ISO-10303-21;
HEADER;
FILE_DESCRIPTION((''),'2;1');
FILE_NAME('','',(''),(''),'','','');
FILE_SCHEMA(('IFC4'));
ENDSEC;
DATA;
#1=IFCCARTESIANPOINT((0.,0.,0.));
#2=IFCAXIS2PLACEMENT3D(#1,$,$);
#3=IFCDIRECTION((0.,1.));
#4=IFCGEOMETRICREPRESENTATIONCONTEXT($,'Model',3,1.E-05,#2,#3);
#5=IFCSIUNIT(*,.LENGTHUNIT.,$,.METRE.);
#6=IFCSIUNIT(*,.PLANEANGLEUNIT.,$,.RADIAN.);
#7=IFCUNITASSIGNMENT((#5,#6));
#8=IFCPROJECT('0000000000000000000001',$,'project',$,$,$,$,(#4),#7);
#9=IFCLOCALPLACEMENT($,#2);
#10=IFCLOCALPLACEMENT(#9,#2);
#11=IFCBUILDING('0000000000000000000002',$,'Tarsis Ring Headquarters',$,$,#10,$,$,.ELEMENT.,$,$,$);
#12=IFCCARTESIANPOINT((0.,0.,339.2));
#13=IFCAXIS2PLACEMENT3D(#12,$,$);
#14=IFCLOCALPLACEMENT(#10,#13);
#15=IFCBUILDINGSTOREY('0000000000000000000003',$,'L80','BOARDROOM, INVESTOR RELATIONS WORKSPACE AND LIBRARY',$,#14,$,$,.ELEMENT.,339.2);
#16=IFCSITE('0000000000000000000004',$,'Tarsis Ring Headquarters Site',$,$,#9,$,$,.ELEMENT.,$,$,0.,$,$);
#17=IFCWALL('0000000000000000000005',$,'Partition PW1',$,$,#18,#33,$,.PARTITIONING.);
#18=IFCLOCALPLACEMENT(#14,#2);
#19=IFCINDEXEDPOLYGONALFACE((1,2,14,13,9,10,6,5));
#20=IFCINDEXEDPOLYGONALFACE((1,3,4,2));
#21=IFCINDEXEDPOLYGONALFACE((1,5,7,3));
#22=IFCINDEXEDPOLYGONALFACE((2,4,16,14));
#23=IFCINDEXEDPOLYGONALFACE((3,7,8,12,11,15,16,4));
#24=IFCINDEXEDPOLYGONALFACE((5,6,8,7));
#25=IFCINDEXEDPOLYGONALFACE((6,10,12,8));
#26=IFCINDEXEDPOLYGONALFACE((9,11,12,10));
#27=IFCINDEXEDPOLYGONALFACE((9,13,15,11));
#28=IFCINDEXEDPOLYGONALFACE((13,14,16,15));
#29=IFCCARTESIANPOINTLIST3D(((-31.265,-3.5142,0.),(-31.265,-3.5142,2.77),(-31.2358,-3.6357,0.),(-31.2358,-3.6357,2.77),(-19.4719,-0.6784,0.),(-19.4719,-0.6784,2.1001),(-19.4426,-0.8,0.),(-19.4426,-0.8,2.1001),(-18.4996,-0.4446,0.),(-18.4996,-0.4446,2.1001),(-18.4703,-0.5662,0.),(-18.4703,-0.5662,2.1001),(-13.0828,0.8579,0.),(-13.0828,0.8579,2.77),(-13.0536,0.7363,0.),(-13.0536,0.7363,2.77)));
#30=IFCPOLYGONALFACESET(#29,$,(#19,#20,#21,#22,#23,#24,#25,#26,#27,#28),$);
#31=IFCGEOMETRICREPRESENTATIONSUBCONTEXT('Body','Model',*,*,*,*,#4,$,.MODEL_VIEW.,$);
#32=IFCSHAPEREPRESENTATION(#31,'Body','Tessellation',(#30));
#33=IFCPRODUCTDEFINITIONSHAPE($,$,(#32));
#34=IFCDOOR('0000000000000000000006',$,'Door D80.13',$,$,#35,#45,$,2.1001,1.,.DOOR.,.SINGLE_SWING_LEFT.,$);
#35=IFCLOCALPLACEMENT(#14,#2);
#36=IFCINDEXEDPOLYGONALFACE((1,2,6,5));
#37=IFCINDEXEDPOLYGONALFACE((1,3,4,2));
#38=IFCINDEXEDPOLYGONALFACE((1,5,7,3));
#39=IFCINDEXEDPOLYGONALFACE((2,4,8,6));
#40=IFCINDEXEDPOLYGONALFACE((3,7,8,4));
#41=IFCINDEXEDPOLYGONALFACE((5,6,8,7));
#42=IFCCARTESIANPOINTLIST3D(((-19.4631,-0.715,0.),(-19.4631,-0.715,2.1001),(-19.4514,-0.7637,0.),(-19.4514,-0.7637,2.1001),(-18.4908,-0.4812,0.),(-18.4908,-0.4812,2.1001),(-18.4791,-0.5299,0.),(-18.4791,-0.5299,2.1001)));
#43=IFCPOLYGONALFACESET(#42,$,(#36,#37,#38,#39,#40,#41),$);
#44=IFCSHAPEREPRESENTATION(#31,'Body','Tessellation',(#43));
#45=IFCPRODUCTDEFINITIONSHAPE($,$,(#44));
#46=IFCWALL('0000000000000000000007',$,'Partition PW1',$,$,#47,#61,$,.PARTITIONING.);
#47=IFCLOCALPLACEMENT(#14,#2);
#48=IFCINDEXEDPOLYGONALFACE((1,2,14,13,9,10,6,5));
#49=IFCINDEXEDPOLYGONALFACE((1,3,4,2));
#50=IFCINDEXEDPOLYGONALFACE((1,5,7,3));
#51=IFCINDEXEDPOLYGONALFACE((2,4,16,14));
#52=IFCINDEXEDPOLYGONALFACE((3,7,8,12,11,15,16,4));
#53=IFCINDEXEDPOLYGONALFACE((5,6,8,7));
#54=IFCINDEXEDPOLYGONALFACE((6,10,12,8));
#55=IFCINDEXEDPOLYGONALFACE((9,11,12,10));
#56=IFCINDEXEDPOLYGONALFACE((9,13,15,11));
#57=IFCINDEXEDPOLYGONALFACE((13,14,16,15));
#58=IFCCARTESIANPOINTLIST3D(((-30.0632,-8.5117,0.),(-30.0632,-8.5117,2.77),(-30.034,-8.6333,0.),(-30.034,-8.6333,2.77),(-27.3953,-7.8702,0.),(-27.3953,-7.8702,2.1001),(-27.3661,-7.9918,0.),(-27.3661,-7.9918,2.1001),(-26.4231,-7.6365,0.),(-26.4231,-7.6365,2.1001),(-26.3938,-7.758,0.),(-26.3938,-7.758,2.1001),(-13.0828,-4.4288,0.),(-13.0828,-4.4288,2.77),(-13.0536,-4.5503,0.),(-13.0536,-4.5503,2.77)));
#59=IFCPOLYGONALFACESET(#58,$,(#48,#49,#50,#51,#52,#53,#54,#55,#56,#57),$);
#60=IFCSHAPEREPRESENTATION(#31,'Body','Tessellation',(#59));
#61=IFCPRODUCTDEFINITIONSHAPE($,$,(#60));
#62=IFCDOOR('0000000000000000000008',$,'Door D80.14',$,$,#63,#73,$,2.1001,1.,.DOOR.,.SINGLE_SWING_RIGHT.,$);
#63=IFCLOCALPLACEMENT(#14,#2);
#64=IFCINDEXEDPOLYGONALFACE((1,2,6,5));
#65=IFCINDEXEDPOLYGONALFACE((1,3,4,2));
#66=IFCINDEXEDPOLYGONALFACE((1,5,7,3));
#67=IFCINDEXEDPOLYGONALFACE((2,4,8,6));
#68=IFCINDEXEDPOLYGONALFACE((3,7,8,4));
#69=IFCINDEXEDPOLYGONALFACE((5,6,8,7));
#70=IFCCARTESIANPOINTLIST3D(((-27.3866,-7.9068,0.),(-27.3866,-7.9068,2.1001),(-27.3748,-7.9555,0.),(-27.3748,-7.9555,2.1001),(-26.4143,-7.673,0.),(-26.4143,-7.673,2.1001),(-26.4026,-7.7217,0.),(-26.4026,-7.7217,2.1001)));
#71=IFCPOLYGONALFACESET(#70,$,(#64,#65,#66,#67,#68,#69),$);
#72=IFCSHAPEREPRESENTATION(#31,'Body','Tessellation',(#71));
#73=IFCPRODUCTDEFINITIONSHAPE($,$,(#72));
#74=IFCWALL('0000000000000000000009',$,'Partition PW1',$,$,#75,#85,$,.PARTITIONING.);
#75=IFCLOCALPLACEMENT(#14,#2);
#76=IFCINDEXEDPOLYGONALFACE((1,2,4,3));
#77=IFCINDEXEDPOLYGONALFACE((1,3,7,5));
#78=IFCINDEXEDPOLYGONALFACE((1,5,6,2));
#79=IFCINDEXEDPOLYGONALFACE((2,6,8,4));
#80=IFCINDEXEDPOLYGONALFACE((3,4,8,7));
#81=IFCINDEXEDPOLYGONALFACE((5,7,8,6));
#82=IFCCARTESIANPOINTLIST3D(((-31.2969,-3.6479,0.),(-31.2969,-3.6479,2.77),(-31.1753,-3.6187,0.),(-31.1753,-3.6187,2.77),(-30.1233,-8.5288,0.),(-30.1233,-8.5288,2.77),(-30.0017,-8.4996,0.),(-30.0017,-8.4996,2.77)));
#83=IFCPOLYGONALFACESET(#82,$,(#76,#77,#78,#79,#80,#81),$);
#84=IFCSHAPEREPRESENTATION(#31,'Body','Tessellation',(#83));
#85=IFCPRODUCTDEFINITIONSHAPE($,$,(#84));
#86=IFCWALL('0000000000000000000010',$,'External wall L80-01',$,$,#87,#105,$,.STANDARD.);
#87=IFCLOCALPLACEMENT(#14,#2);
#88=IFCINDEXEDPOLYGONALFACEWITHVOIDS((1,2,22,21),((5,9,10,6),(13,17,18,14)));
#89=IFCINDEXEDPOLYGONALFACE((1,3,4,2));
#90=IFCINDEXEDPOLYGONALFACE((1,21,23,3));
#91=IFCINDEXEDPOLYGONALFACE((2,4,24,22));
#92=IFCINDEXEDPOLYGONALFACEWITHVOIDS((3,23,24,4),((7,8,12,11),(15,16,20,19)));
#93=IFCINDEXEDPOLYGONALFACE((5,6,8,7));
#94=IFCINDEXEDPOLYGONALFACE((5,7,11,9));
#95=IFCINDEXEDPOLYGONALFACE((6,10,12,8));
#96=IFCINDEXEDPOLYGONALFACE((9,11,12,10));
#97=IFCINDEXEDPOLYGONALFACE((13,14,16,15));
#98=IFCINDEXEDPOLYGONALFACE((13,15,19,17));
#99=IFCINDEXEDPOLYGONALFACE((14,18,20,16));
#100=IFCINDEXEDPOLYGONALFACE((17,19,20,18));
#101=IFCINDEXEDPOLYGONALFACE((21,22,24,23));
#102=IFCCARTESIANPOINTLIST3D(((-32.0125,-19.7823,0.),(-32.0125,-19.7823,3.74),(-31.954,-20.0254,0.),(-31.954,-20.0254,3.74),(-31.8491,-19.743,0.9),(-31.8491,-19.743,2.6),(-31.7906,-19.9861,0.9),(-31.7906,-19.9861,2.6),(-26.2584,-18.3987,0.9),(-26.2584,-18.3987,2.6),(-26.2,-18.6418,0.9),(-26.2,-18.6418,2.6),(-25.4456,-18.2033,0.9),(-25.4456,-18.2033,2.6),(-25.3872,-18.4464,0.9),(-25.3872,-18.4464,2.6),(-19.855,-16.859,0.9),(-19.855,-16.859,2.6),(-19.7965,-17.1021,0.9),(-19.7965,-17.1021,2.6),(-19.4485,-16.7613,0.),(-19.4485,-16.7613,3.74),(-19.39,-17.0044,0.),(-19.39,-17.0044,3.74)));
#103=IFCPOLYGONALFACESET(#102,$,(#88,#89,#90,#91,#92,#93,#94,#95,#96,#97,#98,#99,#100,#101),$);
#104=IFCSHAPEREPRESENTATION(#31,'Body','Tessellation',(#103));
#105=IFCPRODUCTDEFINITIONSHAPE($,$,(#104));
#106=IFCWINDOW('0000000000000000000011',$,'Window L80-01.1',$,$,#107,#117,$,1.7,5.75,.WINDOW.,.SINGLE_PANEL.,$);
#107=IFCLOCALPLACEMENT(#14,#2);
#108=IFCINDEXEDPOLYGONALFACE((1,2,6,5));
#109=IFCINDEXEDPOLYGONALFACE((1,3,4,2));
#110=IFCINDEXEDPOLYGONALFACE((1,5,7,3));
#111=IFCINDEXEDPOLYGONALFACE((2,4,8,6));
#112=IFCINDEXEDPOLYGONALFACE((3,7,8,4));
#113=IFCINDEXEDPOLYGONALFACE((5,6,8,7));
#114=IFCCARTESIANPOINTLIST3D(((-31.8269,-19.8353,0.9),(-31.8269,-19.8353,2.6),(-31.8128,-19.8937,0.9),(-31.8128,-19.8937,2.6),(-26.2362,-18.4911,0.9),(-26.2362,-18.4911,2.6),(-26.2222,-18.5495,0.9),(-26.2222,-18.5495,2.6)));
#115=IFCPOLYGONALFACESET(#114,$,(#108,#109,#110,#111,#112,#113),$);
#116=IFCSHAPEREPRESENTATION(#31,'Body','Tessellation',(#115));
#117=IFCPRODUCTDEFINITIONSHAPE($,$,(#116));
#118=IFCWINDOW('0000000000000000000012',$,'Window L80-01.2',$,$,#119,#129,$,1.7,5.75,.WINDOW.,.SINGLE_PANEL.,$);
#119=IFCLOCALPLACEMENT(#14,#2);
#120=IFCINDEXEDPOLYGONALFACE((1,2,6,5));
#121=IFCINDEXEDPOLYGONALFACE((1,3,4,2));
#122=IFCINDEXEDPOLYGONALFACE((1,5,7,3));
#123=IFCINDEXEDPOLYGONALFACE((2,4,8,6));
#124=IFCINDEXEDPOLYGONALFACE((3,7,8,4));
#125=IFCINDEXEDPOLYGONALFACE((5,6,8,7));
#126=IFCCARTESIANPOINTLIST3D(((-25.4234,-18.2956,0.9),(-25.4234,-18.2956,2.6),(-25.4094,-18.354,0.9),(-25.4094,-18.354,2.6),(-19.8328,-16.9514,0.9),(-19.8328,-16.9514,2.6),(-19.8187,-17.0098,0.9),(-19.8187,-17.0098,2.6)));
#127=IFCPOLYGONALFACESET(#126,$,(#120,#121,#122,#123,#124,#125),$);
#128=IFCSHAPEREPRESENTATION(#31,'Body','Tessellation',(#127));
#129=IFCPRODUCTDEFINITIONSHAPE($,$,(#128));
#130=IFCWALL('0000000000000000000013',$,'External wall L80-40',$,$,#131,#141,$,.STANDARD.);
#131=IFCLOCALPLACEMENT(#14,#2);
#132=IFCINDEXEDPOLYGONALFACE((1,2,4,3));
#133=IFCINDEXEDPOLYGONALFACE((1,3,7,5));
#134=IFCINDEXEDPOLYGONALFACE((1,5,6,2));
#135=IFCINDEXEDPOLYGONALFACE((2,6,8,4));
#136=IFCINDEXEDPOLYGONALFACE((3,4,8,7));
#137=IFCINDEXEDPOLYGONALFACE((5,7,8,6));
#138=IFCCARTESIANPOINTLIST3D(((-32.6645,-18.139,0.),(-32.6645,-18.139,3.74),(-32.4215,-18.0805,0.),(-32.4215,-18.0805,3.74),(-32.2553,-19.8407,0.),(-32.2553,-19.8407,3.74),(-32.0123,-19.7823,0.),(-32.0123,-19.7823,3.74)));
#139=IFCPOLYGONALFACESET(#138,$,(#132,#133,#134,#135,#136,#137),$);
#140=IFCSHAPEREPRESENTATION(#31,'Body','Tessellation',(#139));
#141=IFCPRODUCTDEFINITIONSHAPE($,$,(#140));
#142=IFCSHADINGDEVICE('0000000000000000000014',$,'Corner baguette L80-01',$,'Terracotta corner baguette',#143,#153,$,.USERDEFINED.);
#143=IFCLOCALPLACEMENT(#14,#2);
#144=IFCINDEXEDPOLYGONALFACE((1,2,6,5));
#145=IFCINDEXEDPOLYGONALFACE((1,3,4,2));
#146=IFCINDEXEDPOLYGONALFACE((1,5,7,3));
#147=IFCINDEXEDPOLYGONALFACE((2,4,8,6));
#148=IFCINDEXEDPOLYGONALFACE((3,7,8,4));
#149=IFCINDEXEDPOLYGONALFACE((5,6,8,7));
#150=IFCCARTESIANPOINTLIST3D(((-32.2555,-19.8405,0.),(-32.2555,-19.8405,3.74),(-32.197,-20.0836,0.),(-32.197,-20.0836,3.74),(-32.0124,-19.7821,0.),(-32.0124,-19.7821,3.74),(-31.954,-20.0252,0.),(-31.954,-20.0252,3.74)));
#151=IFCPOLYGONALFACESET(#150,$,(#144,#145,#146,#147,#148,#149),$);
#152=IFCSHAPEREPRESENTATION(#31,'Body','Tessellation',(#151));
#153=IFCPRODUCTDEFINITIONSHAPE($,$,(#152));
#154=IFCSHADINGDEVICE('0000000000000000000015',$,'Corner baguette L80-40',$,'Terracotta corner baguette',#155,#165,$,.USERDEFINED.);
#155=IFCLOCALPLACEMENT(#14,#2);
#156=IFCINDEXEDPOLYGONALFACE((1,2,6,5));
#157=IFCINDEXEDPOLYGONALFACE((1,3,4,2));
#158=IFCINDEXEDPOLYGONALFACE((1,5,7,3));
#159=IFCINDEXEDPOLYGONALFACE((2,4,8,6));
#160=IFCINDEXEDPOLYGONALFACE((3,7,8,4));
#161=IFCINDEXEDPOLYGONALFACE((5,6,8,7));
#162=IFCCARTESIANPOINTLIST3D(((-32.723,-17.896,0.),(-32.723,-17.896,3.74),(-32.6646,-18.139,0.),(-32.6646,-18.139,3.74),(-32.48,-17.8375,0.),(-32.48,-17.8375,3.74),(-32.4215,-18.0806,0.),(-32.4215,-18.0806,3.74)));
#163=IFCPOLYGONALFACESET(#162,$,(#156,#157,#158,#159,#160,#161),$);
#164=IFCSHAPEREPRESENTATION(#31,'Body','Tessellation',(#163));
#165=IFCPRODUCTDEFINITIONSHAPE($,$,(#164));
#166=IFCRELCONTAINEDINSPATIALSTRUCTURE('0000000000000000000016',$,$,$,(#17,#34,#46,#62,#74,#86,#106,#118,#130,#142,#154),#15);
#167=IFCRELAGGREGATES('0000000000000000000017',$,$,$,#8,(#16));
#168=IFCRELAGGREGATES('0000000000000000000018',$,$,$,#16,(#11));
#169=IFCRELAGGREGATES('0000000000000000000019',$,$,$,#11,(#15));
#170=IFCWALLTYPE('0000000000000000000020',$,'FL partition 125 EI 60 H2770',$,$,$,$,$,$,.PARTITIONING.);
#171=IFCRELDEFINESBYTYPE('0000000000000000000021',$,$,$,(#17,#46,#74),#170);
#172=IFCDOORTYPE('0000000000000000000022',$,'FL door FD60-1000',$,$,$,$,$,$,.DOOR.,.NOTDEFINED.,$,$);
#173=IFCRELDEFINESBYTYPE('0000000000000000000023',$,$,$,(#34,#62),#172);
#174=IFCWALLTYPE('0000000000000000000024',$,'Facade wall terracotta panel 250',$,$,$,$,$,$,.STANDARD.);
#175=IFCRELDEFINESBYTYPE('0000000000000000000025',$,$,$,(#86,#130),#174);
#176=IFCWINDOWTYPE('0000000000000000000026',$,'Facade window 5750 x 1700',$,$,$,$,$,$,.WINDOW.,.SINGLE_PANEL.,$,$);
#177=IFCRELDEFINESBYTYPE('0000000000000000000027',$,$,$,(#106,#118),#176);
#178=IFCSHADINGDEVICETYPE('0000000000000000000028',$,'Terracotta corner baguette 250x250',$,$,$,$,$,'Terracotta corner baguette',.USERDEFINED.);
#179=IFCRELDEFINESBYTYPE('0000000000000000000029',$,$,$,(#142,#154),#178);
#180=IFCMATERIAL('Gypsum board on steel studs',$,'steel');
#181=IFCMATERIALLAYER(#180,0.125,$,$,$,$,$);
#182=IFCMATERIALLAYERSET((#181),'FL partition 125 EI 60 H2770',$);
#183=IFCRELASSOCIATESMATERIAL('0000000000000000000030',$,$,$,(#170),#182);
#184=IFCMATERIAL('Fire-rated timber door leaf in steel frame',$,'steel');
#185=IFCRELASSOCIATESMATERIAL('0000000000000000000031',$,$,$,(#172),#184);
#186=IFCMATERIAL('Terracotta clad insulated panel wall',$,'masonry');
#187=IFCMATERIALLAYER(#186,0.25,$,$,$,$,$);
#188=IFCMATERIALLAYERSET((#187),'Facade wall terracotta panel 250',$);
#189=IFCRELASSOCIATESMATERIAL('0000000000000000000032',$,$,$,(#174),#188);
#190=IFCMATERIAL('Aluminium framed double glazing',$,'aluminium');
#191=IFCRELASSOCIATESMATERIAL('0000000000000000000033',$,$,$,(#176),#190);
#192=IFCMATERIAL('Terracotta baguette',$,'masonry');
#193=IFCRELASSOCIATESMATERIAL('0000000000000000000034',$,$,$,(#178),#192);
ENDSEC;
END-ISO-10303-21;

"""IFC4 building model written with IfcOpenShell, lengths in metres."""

from ifc_helpers import new_model, si_unit, direction, frame, frame_2d, origin, origin_2d, place, context, subcontext, project, spatial, rectangle, extrude, material, layer, layer_set, type_object, element, fill, save


model = new_model("IFC4")

# Units and contexts
model_context = context("Model", 3, precision=1e-05, world=origin(), true_north=direction((0.0, 1.0)))
body_context = subcontext(model_context, "Body", "Model", "MODEL_VIEW")
ifc_project = project(units=[si_unit("LENGTHUNIT", "METRE"), si_unit("PLANEANGLEUNIT", "RADIAN")], contexts=[model_context])

# Site, building, storey
site_placement = place(None, origin())
site = spatial("IfcSite", under=ifc_project, at=site_placement, Name="Tarsis Ring Headquarters Site", CompositionType="ELEMENT", RefElevation=0.0)
building_placement = place(site_placement, origin())
building = spatial("IfcBuilding", under=site, at=building_placement, Name="Tarsis Ring Headquarters", CompositionType="ELEMENT")
storey_placement = place(building_placement, frame((0.0, 0.0, 339.2)))
storey = spatial("IfcBuildingStorey", under=building, at=storey_placement, Name="L80", Description="BOARDROOM, INVESTOR RELATIONS WORKSPACE AND LIBRARY", CompositionType="ELEMENT", Elevation=339.2)

# Walls, openings, doors
ifc_material_1 = material(Name="Gypsum board on steel studs", Category="steel")
ifc_layer_1 = layer(ifc_material_1, 0.125)
ifc_layer_set_1 = layer_set([ifc_layer_1], Name="FL partition 125 EI 60 H2770")
wall_type_1 = type_object("IfcWallType", Name="FL partition 125 EI 60 H2770", PredefinedType="PARTITIONING", material=ifc_layer_set_1)
ifc_material_2 = material(Name="Fire-rated timber door leaf in steel frame", Category="steel")
wall_1_placement = place(storey_placement, frame((-31.2502, -3.575, 0.0), z_axis=(0.0, 0.0, 1.0), x_axis=(0.972286, 0.233796, 0.0)))
wall_1 = element("IfcWall", 1, at=wall_1_placement, inside=storey, type_object=wall_type_1, Name="Partition PW1", PredefinedType="PARTITIONING", context=body_context, shape_type="SweptSolid", body=[
    extrude(rectangle(XDim=18.7004, YDim=0.125, at=frame_2d((9.3501, 0.0))), origin(), (0.0, 0.0, 1.0), 2.77),
])
opening_1_placement = place(wall_1_placement, frame((12.1292, 0.0, 0.0)))
opening_1 = element("IfcOpeningElement", 2, at=opening_1_placement, cuts=wall_1, PredefinedType="OPENING", context=body_context, shape_type="SweptSolid", body=[
    extrude(rectangle(XDim=1.0, YDim=2.1001, at=frame_2d((0.5, 1.05))), frame((0.0, 0.0725, 0.0), z_axis=(0.0, -1.0, 0.0), x_axis=(1.0, 0.0, 0.0)), (0.0, 0.0, 1.0), 0.145),
])
door_type_1 = type_object("IfcDoorType", Name="FL door FD60-1000", OperationType="NOTDEFINED", PredefinedType="DOOR", material=ifc_material_2)
door_1_placement = place(opening_1_placement, origin())
door_1 = element("IfcDoor", 3, at=door_1_placement, inside=storey, type_object=door_type_1, Name="Door D80.13", OperationType="SINGLE_SWING_LEFT", OverallHeight=2.1001, OverallWidth=1.0, PredefinedType="DOOR", context=body_context, shape_type="SweptSolid", body=[
    extrude(rectangle(XDim=1.0, YDim=2.1001, at=frame_2d((0.5, 1.05))), frame((0.0, 0.0249, 0.0), z_axis=(0.0, -1.0, 0.0), x_axis=(1.0, 0.0, 0.0)), (0.0, 0.0, 1.0), 0.05),
])
fill(opening_1, door_1)
wall_2_placement = place(storey_placement, frame((-30.0486, -8.5725, 0.0), z_axis=(0.0, 0.0, 1.0), x_axis=(0.972287, 0.23379, 0.0)))
wall_2 = element("IfcWall", 4, at=wall_2_placement, inside=storey, type_object=wall_type_1, Name="Partition PW1", PredefinedType="PARTITIONING", context=body_context, shape_type="SweptSolid", body=[
    extrude(rectangle(XDim=17.4644, YDim=0.125, at=frame_2d((8.7322, 0.0))), origin(), (0.0, 0.0, 1.0), 2.77),
])
opening_2_placement = place(wall_2_placement, frame((2.7439, 0.0, 0.0)))
opening_2 = element("IfcOpeningElement", 5, at=opening_2_placement, cuts=wall_2, PredefinedType="OPENING", context=body_context, shape_type="SweptSolid", body=[
    extrude(rectangle(XDim=1.0, YDim=2.1001, at=frame_2d((0.5, 1.05))), frame((0.0, 0.0725, 0.0), z_axis=(0.0, -1.0, 0.0), x_axis=(1.0, 0.0, 0.0)), (0.0, 0.0, 1.0), 0.145),
])
door_2_placement = place(opening_2_placement, origin())
door_2 = element("IfcDoor", 6, at=door_2_placement, inside=storey, type_object=door_type_1, Name="Door D80.14", OperationType="SINGLE_SWING_RIGHT", OverallHeight=2.1001, OverallWidth=1.0, PredefinedType="DOOR", context=body_context, shape_type="SweptSolid", body=[
    extrude(rectangle(XDim=1.0, YDim=2.1001, at=frame_2d((0.5, 1.05))), frame((0.0, 0.0249, 0.0), z_axis=(0.0, -1.0, 0.0), x_axis=(1.0, 0.0, 0.0)), (0.0, 0.0, 1.0), 0.05),
])
fill(opening_2, door_2)

# Wall
wall_3_placement = place(storey_placement, frame((-31.2361, -3.6333, 0.0), z_axis=(0.0, 0.0, 1.0), x_axis=(0.233783, -0.972289, 0.0)))
element("IfcWall", 7, at=wall_3_placement, inside=storey, type_object=wall_type_1, Name="Partition PW1", PredefinedType="PARTITIONING", context=body_context, shape_type="SweptSolid", body=[
    extrude(rectangle(XDim=5.02, YDim=0.125, at=frame_2d((2.51, 0.0))), origin(), (0.0, 0.0, 1.0), 2.77),
])

# Wall, openings, windows
ifc_material_3 = material(Name="Terracotta clad insulated panel wall", Category="masonry")
ifc_layer_2 = layer(ifc_material_3, 0.25)
ifc_layer_set_2 = layer_set([ifc_layer_2], Name="Facade wall terracotta panel 250")
wall_type_2 = type_object("IfcWallType", Name="Facade wall terracotta panel 250", PredefinedType="STANDARD", material=ifc_layer_set_2)
wall_4_placement = place(storey_placement, frame((-31.9832, -19.9038, 0.0), z_axis=(0.0, 0.0, 1.0), x_axis=(0.972288, 0.233786, 0.0)))
wall_4 = element("IfcWall", 8, at=wall_4_placement, inside=storey, type_object=wall_type_2, Name="External wall L80-01", PredefinedType="STANDARD", context=body_context, shape_type="SweptSolid", body=[
    extrude(rectangle(XDim=12.9221, YDim=0.25, at=frame_2d((6.4609, 0.0))), origin(), (0.0, 0.0, 1.0), 3.74),
])
opening_3_placement = place(wall_4_placement, frame((0.168, 0.0, 0.8999)))
opening_3 = element("IfcOpeningElement", 9, at=opening_3_placement, cuts=wall_4, PredefinedType="OPENING", context=body_context, shape_type="SweptSolid", body=[
    extrude(rectangle(XDim=5.75, YDim=1.7, at=frame_2d((2.875, 0.8501))), frame((0.0, 0.135, 0.0), z_axis=(0.0, -1.0, 0.0), x_axis=(1.0, 0.0, 0.0)), (0.0, 0.0, 1.0), 0.27),
])
opening_4_placement = place(wall_4_placement, frame((6.7539, 0.0, 0.8999)))
opening_4 = element("IfcOpeningElement", 10, at=opening_4_placement, cuts=wall_4, PredefinedType="OPENING", context=body_context, shape_type="SweptSolid", body=[
    extrude(rectangle(XDim=5.75, YDim=1.7, at=frame_2d((2.875, 0.8501))), frame((0.0, 0.135, 0.0), z_axis=(0.0, -1.0, 0.0), x_axis=(1.0, 0.0, 0.0)), (0.0, 0.0, 1.0), 0.27),
])
ifc_material_4 = material(Name="Aluminium framed double glazing", Category="aluminium")
window_type = type_object("IfcWindowType", Name="Facade window 5750 x 1700", PartitioningType="SINGLE_PANEL", PredefinedType="WINDOW", material=ifc_material_4)
window_1_placement = place(opening_3_placement, origin())
window_1 = element("IfcWindow", 11, at=window_1_placement, inside=storey, type_object=window_type, Name="Window L80-01.1", OverallHeight=1.7, OverallWidth=5.75, PartitioningType="SINGLE_PANEL", PredefinedType="WINDOW", context=body_context, shape_type="SweptSolid", body=[
    extrude(rectangle(XDim=5.75, YDim=1.7, at=frame_2d((2.875, 0.8501))), frame((0.0, 0.03, 0.0), z_axis=(0.0, -1.0, 0.0), x_axis=(1.0, 0.0, 0.0)), (0.0, 0.0, 1.0), 0.0601),
])
fill(opening_3, window_1)
window_2_placement = place(opening_4_placement, origin())
window_2 = element("IfcWindow", 12, at=window_2_placement, inside=storey, type_object=window_type, Name="Window L80-01.2", OverallHeight=1.7, OverallWidth=5.75, PartitioningType="SINGLE_PANEL", PredefinedType="WINDOW", context=body_context, shape_type="SweptSolid", body=[
    extrude(rectangle(XDim=5.75, YDim=1.7, at=frame_2d((2.875, 0.8501))), frame((0.0, 0.03, 0.0), z_axis=(0.0, -1.0, 0.0), x_axis=(1.0, 0.0, 0.0)), (0.0, 0.0, 1.0), 0.0601),
])
fill(opening_4, window_2)

# Wall
wall_5_placement = place(storey_placement, frame((-32.543, -18.1099, 0.0), z_axis=(0.0, 0.0, 1.0), x_axis=(0.233795, -0.972286, 0.0)))
element("IfcWall", 13, at=wall_5_placement, inside=storey, type_object=wall_type_2, Name="External wall L80-40", PredefinedType="STANDARD", context=body_context, shape_type="SweptSolid", body=[
    extrude(rectangle(XDim=1.7502, YDim=0.25, at=frame_2d((0.875, 0.0))), origin(), (0.0, 0.0, 1.0), 3.74),
])

# Shading devices
ifc_material_5 = material(Name="Terracotta baguette", Category="masonry")
shading_device_type_1 = type_object("IfcShadingDeviceType", Name="Terracotta corner baguette 250x250", ElementType="Terracotta corner baguette", PredefinedType="USERDEFINED", material=ifc_material_5)
for number, where, z_axis, x_axis, name in (
    (14, (-32.1047, -19.9329, 0.0), (0.0, 0.0, 1.0), (0.233785, -0.972288, 0.0), "Corner baguette L80-01"),
    (15, (-32.5723, -17.9883, 0.0), (0.0, 0.0, 1.0), (0.972288, 0.233784, 0.0), "Corner baguette L80-40"),
):
    element("IfcShadingDevice", number, at=place(storey_placement, frame(where, z_axis=z_axis, x_axis=x_axis)), inside=storey, type_object=shading_device_type_1, Name=name, ObjectType="Terracotta corner baguette", PredefinedType="USERDEFINED", context=body_context, shape_type="SweptSolid", body=[
        extrude(rectangle(XDim=0.25, YDim=0.25, at=origin_2d()), origin(), (0.0, 0.0, 1.0), 3.74),
    ])

save(model, "model.ifc")
